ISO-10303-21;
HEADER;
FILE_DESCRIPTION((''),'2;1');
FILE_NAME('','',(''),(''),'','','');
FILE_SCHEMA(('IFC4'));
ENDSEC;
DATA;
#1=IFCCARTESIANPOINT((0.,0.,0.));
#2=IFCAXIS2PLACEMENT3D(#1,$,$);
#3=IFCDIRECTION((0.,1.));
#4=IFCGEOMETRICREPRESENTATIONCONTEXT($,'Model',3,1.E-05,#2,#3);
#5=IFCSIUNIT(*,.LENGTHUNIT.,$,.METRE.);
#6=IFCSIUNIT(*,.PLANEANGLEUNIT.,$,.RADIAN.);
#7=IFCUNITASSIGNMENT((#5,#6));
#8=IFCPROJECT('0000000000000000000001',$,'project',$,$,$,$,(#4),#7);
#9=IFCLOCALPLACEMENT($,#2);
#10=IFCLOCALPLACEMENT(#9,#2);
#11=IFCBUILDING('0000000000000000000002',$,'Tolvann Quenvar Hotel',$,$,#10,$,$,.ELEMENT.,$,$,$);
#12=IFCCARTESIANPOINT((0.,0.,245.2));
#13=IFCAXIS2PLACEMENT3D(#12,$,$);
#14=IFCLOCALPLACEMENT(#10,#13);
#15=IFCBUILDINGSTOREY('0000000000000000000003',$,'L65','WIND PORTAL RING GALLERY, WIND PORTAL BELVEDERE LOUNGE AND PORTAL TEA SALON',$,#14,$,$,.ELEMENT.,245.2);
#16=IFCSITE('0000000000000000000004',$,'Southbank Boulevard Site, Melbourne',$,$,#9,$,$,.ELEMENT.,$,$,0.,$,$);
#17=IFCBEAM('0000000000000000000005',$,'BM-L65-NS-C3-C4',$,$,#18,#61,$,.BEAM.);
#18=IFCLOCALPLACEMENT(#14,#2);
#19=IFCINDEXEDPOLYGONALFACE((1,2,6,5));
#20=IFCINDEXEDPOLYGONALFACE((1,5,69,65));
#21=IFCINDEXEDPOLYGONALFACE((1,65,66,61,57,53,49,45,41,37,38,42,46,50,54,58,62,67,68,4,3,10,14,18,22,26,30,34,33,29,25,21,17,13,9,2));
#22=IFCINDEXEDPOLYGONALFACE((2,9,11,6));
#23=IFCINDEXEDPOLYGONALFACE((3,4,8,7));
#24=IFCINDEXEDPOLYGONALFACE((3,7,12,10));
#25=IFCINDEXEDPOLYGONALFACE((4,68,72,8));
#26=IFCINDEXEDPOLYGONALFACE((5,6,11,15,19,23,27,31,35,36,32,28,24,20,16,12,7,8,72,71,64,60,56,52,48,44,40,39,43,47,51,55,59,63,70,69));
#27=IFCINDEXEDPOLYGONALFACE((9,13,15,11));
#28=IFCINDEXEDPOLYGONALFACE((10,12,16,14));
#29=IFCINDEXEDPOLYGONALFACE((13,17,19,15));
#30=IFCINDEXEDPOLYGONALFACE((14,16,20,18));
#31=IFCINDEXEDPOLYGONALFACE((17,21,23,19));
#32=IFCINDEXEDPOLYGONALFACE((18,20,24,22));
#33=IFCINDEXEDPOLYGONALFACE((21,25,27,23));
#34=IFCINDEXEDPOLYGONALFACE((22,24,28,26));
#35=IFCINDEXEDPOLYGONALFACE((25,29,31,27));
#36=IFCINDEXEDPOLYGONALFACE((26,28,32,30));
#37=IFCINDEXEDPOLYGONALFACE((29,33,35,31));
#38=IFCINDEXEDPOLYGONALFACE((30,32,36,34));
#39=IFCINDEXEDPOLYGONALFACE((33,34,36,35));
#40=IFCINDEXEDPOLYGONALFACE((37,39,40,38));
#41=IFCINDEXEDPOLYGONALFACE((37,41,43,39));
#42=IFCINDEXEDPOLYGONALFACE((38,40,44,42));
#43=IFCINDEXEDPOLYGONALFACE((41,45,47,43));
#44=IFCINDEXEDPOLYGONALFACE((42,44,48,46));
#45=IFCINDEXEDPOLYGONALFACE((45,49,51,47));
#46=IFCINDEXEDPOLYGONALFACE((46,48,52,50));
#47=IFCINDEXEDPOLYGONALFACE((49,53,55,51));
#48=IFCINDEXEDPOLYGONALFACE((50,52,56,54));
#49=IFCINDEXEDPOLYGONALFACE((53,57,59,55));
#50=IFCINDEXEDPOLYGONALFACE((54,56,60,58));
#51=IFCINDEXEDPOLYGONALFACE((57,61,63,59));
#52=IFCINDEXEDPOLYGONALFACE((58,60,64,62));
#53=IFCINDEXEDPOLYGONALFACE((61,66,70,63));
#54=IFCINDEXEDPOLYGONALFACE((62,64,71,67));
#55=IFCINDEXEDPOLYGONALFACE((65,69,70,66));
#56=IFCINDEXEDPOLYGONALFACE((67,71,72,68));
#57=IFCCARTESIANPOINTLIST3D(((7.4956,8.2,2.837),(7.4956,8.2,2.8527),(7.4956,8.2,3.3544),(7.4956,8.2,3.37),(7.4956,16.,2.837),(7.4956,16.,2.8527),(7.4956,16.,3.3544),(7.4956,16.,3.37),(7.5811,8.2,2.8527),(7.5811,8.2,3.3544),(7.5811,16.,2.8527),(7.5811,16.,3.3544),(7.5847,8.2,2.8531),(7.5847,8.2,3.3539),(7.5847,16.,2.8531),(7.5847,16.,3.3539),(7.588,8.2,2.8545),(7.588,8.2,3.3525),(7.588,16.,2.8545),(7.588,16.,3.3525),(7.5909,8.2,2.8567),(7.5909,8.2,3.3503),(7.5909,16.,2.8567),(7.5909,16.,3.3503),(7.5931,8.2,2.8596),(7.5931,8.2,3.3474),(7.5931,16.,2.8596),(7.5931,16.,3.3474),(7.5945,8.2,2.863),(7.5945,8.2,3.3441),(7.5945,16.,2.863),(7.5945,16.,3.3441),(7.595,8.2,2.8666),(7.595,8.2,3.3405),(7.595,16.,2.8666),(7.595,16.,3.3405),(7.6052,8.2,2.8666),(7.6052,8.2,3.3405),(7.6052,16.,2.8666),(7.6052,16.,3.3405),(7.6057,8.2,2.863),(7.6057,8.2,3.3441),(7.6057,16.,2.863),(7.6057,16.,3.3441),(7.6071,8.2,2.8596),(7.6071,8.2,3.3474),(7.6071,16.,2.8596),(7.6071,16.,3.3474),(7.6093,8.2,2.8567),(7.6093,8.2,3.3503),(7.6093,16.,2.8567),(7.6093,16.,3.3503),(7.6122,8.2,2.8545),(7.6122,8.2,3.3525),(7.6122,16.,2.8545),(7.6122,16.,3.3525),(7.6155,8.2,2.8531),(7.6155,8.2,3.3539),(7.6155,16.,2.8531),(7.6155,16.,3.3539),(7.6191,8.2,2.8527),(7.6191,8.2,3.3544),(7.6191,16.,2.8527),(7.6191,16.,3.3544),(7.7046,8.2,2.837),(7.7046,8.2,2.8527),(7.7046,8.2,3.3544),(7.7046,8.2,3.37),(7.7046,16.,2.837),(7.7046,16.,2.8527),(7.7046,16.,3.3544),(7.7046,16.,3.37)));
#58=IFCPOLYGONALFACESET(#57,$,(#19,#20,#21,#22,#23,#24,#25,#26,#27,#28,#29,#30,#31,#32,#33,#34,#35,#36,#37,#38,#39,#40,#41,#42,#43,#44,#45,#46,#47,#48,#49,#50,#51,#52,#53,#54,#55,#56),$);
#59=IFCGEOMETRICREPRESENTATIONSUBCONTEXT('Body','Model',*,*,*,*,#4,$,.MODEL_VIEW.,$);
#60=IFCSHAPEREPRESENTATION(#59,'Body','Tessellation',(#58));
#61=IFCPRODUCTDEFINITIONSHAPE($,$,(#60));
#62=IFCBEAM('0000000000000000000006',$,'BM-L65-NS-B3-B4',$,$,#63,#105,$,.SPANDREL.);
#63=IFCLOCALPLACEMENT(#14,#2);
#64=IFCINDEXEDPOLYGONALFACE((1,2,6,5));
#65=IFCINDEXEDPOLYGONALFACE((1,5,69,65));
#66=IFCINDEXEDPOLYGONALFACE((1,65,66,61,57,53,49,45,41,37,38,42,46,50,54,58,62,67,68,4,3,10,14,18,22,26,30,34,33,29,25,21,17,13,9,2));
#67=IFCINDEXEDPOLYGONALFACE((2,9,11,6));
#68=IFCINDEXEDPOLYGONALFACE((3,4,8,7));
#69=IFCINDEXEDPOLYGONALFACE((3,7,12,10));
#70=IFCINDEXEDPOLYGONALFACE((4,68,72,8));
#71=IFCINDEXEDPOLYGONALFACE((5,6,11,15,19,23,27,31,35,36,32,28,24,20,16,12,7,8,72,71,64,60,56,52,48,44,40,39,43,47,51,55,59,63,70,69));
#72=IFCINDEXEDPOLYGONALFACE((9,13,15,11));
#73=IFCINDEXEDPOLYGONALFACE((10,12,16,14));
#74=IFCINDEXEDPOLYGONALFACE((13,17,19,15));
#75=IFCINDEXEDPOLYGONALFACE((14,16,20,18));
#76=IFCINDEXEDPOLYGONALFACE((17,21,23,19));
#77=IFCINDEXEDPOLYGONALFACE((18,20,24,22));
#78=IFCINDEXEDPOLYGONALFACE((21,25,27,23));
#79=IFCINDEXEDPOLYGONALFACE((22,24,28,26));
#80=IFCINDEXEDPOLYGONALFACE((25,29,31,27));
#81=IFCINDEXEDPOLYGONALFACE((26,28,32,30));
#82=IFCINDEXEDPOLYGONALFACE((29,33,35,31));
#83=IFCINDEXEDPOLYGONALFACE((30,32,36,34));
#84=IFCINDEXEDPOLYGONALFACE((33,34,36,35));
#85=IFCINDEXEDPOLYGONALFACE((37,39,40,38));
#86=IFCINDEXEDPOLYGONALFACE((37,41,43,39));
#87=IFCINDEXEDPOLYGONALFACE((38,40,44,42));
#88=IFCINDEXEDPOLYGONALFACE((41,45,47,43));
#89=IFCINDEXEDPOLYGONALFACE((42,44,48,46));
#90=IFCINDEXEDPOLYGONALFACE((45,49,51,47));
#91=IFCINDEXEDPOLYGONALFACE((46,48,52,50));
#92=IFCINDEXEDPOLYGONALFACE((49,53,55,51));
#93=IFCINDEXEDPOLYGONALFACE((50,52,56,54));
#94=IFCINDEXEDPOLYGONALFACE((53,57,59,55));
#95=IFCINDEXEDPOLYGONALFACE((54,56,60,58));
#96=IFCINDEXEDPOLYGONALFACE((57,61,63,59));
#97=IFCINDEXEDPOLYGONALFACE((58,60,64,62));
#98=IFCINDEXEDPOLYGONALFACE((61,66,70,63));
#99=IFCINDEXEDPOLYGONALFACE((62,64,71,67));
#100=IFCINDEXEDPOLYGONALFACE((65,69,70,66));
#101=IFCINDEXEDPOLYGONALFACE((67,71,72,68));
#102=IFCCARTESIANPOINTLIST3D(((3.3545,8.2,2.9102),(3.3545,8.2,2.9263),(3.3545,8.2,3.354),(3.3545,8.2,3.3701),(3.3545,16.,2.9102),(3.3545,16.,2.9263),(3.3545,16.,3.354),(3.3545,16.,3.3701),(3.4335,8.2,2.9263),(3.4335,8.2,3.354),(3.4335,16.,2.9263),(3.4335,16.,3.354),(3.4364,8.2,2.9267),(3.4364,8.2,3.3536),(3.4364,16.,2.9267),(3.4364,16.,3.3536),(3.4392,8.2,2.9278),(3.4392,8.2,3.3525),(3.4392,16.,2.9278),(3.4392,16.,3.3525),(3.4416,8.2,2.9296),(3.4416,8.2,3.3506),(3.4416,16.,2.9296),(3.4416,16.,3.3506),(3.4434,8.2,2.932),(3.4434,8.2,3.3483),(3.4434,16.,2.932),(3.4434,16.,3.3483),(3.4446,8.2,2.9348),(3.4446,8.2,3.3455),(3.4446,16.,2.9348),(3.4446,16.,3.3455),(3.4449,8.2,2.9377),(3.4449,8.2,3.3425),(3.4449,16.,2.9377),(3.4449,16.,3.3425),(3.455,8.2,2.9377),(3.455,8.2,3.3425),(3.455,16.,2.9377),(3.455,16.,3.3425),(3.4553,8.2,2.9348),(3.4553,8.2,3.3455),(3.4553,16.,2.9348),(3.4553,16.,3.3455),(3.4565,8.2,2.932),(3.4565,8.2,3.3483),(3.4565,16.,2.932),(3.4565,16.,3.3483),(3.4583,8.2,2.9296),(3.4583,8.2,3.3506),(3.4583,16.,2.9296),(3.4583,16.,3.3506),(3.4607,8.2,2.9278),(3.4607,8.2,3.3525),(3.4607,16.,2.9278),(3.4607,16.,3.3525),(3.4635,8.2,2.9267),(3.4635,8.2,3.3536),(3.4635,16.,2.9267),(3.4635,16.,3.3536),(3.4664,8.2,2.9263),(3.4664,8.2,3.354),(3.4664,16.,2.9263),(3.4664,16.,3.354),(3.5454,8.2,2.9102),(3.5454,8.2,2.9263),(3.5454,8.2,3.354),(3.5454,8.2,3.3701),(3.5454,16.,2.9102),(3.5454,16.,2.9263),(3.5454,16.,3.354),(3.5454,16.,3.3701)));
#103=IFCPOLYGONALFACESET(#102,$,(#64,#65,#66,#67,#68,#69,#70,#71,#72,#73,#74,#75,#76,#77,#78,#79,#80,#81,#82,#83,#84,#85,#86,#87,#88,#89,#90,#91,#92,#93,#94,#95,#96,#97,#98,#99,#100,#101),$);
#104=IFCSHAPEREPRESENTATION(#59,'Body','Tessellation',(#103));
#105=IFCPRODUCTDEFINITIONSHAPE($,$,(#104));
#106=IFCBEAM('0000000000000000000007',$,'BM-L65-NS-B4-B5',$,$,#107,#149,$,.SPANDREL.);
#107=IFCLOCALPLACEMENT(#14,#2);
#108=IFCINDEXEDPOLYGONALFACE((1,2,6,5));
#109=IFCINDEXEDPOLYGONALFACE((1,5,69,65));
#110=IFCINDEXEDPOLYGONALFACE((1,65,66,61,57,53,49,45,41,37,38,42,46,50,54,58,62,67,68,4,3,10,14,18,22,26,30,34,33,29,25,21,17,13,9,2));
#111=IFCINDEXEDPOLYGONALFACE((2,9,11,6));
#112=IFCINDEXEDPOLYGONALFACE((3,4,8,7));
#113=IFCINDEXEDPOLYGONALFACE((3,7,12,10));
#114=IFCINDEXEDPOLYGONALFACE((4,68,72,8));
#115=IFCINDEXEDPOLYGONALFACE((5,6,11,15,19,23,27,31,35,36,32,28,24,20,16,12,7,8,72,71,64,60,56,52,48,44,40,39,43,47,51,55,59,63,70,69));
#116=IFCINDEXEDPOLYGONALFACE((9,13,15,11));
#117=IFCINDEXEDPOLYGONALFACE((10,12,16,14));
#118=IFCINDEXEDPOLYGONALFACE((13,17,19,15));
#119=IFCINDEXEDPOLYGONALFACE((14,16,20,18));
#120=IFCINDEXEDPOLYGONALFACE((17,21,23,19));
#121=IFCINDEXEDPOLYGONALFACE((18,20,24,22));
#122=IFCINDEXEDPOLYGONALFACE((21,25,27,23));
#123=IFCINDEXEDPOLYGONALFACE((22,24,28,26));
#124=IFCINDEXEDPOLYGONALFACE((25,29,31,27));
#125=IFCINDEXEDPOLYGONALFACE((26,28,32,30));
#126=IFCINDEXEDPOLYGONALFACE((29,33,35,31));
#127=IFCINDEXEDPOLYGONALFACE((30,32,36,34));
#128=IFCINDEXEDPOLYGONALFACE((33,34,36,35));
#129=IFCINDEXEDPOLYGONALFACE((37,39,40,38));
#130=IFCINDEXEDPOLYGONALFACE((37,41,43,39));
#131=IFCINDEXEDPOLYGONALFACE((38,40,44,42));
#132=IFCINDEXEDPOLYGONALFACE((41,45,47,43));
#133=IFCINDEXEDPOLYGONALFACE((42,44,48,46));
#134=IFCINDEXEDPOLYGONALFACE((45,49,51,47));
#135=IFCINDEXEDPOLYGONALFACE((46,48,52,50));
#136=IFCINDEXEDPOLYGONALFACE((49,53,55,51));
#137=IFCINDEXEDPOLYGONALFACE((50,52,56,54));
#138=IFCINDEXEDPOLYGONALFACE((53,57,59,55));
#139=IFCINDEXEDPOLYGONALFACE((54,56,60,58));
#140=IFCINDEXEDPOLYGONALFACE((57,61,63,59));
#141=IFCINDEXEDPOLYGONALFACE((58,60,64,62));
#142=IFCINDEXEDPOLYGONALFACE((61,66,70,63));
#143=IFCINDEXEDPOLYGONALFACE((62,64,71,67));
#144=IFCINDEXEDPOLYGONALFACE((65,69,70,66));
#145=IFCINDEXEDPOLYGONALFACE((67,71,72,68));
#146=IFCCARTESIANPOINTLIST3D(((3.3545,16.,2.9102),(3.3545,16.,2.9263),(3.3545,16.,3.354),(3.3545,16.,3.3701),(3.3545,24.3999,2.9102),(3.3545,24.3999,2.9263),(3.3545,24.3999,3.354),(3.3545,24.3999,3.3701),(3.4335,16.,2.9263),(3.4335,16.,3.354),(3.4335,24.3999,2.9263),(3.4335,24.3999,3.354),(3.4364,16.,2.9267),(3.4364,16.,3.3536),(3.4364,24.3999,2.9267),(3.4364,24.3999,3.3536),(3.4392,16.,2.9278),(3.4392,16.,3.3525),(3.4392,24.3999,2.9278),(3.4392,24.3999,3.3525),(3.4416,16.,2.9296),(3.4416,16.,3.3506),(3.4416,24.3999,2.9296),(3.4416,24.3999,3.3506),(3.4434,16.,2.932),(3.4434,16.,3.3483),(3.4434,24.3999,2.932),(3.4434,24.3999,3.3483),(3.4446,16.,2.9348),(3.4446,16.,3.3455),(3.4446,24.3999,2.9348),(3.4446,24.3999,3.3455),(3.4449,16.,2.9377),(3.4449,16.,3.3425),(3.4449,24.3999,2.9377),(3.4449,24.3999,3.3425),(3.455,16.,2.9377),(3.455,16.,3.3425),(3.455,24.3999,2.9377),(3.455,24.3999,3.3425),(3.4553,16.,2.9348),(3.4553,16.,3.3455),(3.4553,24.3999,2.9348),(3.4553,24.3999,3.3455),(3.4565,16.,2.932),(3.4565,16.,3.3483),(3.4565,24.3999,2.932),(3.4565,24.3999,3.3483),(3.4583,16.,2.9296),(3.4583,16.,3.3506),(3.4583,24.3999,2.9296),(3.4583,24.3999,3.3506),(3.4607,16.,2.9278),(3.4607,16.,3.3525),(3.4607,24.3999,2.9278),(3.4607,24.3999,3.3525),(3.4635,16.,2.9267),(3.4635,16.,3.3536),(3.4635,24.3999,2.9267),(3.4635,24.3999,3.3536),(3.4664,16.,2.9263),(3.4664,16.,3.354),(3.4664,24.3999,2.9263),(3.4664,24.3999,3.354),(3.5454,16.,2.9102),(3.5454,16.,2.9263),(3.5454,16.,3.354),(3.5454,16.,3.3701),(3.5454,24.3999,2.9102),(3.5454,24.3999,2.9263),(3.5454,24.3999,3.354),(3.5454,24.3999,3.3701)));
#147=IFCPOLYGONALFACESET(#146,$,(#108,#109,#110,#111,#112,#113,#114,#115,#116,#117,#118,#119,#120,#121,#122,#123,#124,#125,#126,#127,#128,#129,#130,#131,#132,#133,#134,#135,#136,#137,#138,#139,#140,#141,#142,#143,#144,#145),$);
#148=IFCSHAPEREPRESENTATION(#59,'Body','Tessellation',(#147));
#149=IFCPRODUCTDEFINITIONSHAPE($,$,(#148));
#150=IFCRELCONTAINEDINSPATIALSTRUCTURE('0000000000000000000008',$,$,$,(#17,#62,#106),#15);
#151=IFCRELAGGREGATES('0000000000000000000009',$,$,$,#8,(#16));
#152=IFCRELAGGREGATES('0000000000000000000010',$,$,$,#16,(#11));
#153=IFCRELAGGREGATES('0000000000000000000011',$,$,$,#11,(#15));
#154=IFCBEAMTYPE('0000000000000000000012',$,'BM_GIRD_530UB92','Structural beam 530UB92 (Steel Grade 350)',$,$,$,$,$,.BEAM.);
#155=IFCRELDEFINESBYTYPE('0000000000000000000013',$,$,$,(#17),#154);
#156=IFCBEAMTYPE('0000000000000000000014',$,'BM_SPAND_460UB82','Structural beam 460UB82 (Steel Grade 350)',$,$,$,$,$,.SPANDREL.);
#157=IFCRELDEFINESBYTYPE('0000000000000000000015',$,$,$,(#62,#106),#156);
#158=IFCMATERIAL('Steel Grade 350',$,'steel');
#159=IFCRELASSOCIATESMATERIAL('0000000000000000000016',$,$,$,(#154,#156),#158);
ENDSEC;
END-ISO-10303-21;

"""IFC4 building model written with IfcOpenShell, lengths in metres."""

from ifc_helpers import new_model, si_unit, direction, frame, origin, origin_2d, place, context, subcontext, project, spatial, i_section, extrude, source, transform, mapped, material, material_profile, profile_set, type_object, type_shapes, element, save


model = new_model("IFC4")

# Units and contexts
model_context = context("Model", 3, precision=1e-05, world=origin(), true_north=direction((0.0, 1.0)))
body_context = subcontext(model_context, "Body", "Model", "MODEL_VIEW")
ifc_project = project(units=[si_unit("LENGTHUNIT", "METRE"), si_unit("PLANEANGLEUNIT", "RADIAN")], contexts=[model_context])

# Site, building, storey
site_placement = place(None, origin())
site = spatial("IfcSite", under=ifc_project, at=site_placement, Name="Southbank Boulevard Site, Melbourne", CompositionType="ELEMENT", RefElevation=0.0)
building_placement = place(site_placement, origin())
building = spatial("IfcBuilding", under=site, at=building_placement, Name="Tolvann Quenvar Hotel", CompositionType="ELEMENT")
storey_placement = place(building_placement, frame((0.0, 0.0, 245.2)))
storey = spatial("IfcBuildingStorey", under=building, at=storey_placement, Name="L65", Description="WIND PORTAL RING GALLERY, WIND PORTAL BELVEDERE LOUNGE AND PORTAL TEA SALON", CompositionType="ELEMENT", Elevation=245.2)

# Shared definitions
ifc_material_1 = material(Name="Steel Grade 350", Category="steel")

# Beams
ifc_material_profile_1 = material_profile(ifc_material_1, i_section(OverallWidth=0.209, OverallDepth=0.533, WebThickness=0.0103, FlangeThickness=0.0156, FilletRadius=0.0139, at=origin_2d()), Name="530UB92")
ifc_profile_set_1 = profile_set([ifc_material_profile_1], Name="Steel Grade 350")
beam_type_1 = type_object("IfcBeamType", Name="BM_GIRD_530UB92", Description="Structural beam 530UB92 (Steel Grade 350)", PredefinedType="BEAM", material=ifc_profile_set_1)
shared_shape_1 = source(origin(), body_context, "Body", "SweptSolid", [
    extrude(i_section(OverallWidth=0.209, OverallDepth=0.533, WebThickness=0.0103, FlangeThickness=0.0156, FilletRadius=0.0139, at=origin_2d()), origin(), (0.0, 0.0, 1.0), 7.8),
])
beam_1_placement = place(storey_placement, frame((7.6001, 8.2, 3.1035), z_axis=(0.0, 1.0, 0.0), x_axis=(-1.0, 0.0, 0.0)))
element("IfcBeam", 1, at=beam_1_placement, inside=storey, type_object=beam_type_1, Name="BM-L65-NS-C3-C4", PredefinedType="BEAM", context=body_context, shape_type="MappedRepresentation", body=[
    mapped(shared_shape_1, transform((0.0, 0.0, 0.0), x_axis=(1.0, 0.0, 0.0), y_axis=(0.0, 1.0, 0.0), z_axis=(0.0, 0.0, 1.0), scale=1.0)),
])
ifc_material_profile_2 = material_profile(ifc_material_1, i_section(OverallWidth=0.1909, OverallDepth=0.46, WebThickness=0.01, FlangeThickness=0.0161, FilletRadius=0.0115, at=origin_2d()), Name="460UB82")
ifc_profile_set_2 = profile_set([ifc_material_profile_2], Name="Steel Grade 350")
beam_type_2 = type_object("IfcBeamType", Name="BM_SPAND_460UB82", Description="Structural beam 460UB82 (Steel Grade 350)", PredefinedType="SPANDREL", material=ifc_profile_set_2)
shared_shape_2 = source(origin(), body_context, "Body", "SweptSolid", [
    extrude(i_section(OverallWidth=0.1909, OverallDepth=0.46, WebThickness=0.01, FlangeThickness=0.0161, FilletRadius=0.0115, at=origin_2d()), origin(), (0.0, 0.0, 1.0), 7.8),
])
beam_2_placement = place(storey_placement, frame((3.45, 8.2, 3.1401), z_axis=(0.0, 1.0, 0.0), x_axis=(-1.0, 0.0, 0.0)))
element("IfcBeam", 2, at=beam_2_placement, inside=storey, type_object=beam_type_2, Name="BM-L65-NS-B3-B4", PredefinedType="SPANDREL", context=body_context, shape_type="MappedRepresentation", body=[
    mapped(shared_shape_2, transform((0.0, 0.0, 0.0), x_axis=(1.0, 0.0, 0.0), y_axis=(0.0, 1.0, 0.0), z_axis=(0.0, 0.0, 1.0), scale=1.0)),
])
shared_shape_3 = source(origin(), body_context, "Body", "SweptSolid", [
    extrude(i_section(OverallWidth=0.1909, OverallDepth=0.46, WebThickness=0.01, FlangeThickness=0.0161, FilletRadius=0.0115, at=origin_2d()), origin(), (0.0, 0.0, 1.0), 8.3999),
])
type_shapes(beam_type_2, [shared_shape_2, shared_shape_3])
beam_3_placement = place(storey_placement, frame((3.45, 16.0, 3.1401), z_axis=(0.0, 1.0, 0.0), x_axis=(-1.0, 0.0, 0.0)))
element("IfcBeam", 3, at=beam_3_placement, inside=storey, type_object=beam_type_2, Name="BM-L65-NS-B4-B5", PredefinedType="SPANDREL", context=body_context, shape_type="MappedRepresentation", body=[
    mapped(shared_shape_3, transform((0.0, 0.0, 0.0), x_axis=(1.0, 0.0, 0.0), y_axis=(0.0, 1.0, 0.0), z_axis=(0.0, 0.0, 1.0), scale=1.0)),
])

save(model, "model.ifc")
